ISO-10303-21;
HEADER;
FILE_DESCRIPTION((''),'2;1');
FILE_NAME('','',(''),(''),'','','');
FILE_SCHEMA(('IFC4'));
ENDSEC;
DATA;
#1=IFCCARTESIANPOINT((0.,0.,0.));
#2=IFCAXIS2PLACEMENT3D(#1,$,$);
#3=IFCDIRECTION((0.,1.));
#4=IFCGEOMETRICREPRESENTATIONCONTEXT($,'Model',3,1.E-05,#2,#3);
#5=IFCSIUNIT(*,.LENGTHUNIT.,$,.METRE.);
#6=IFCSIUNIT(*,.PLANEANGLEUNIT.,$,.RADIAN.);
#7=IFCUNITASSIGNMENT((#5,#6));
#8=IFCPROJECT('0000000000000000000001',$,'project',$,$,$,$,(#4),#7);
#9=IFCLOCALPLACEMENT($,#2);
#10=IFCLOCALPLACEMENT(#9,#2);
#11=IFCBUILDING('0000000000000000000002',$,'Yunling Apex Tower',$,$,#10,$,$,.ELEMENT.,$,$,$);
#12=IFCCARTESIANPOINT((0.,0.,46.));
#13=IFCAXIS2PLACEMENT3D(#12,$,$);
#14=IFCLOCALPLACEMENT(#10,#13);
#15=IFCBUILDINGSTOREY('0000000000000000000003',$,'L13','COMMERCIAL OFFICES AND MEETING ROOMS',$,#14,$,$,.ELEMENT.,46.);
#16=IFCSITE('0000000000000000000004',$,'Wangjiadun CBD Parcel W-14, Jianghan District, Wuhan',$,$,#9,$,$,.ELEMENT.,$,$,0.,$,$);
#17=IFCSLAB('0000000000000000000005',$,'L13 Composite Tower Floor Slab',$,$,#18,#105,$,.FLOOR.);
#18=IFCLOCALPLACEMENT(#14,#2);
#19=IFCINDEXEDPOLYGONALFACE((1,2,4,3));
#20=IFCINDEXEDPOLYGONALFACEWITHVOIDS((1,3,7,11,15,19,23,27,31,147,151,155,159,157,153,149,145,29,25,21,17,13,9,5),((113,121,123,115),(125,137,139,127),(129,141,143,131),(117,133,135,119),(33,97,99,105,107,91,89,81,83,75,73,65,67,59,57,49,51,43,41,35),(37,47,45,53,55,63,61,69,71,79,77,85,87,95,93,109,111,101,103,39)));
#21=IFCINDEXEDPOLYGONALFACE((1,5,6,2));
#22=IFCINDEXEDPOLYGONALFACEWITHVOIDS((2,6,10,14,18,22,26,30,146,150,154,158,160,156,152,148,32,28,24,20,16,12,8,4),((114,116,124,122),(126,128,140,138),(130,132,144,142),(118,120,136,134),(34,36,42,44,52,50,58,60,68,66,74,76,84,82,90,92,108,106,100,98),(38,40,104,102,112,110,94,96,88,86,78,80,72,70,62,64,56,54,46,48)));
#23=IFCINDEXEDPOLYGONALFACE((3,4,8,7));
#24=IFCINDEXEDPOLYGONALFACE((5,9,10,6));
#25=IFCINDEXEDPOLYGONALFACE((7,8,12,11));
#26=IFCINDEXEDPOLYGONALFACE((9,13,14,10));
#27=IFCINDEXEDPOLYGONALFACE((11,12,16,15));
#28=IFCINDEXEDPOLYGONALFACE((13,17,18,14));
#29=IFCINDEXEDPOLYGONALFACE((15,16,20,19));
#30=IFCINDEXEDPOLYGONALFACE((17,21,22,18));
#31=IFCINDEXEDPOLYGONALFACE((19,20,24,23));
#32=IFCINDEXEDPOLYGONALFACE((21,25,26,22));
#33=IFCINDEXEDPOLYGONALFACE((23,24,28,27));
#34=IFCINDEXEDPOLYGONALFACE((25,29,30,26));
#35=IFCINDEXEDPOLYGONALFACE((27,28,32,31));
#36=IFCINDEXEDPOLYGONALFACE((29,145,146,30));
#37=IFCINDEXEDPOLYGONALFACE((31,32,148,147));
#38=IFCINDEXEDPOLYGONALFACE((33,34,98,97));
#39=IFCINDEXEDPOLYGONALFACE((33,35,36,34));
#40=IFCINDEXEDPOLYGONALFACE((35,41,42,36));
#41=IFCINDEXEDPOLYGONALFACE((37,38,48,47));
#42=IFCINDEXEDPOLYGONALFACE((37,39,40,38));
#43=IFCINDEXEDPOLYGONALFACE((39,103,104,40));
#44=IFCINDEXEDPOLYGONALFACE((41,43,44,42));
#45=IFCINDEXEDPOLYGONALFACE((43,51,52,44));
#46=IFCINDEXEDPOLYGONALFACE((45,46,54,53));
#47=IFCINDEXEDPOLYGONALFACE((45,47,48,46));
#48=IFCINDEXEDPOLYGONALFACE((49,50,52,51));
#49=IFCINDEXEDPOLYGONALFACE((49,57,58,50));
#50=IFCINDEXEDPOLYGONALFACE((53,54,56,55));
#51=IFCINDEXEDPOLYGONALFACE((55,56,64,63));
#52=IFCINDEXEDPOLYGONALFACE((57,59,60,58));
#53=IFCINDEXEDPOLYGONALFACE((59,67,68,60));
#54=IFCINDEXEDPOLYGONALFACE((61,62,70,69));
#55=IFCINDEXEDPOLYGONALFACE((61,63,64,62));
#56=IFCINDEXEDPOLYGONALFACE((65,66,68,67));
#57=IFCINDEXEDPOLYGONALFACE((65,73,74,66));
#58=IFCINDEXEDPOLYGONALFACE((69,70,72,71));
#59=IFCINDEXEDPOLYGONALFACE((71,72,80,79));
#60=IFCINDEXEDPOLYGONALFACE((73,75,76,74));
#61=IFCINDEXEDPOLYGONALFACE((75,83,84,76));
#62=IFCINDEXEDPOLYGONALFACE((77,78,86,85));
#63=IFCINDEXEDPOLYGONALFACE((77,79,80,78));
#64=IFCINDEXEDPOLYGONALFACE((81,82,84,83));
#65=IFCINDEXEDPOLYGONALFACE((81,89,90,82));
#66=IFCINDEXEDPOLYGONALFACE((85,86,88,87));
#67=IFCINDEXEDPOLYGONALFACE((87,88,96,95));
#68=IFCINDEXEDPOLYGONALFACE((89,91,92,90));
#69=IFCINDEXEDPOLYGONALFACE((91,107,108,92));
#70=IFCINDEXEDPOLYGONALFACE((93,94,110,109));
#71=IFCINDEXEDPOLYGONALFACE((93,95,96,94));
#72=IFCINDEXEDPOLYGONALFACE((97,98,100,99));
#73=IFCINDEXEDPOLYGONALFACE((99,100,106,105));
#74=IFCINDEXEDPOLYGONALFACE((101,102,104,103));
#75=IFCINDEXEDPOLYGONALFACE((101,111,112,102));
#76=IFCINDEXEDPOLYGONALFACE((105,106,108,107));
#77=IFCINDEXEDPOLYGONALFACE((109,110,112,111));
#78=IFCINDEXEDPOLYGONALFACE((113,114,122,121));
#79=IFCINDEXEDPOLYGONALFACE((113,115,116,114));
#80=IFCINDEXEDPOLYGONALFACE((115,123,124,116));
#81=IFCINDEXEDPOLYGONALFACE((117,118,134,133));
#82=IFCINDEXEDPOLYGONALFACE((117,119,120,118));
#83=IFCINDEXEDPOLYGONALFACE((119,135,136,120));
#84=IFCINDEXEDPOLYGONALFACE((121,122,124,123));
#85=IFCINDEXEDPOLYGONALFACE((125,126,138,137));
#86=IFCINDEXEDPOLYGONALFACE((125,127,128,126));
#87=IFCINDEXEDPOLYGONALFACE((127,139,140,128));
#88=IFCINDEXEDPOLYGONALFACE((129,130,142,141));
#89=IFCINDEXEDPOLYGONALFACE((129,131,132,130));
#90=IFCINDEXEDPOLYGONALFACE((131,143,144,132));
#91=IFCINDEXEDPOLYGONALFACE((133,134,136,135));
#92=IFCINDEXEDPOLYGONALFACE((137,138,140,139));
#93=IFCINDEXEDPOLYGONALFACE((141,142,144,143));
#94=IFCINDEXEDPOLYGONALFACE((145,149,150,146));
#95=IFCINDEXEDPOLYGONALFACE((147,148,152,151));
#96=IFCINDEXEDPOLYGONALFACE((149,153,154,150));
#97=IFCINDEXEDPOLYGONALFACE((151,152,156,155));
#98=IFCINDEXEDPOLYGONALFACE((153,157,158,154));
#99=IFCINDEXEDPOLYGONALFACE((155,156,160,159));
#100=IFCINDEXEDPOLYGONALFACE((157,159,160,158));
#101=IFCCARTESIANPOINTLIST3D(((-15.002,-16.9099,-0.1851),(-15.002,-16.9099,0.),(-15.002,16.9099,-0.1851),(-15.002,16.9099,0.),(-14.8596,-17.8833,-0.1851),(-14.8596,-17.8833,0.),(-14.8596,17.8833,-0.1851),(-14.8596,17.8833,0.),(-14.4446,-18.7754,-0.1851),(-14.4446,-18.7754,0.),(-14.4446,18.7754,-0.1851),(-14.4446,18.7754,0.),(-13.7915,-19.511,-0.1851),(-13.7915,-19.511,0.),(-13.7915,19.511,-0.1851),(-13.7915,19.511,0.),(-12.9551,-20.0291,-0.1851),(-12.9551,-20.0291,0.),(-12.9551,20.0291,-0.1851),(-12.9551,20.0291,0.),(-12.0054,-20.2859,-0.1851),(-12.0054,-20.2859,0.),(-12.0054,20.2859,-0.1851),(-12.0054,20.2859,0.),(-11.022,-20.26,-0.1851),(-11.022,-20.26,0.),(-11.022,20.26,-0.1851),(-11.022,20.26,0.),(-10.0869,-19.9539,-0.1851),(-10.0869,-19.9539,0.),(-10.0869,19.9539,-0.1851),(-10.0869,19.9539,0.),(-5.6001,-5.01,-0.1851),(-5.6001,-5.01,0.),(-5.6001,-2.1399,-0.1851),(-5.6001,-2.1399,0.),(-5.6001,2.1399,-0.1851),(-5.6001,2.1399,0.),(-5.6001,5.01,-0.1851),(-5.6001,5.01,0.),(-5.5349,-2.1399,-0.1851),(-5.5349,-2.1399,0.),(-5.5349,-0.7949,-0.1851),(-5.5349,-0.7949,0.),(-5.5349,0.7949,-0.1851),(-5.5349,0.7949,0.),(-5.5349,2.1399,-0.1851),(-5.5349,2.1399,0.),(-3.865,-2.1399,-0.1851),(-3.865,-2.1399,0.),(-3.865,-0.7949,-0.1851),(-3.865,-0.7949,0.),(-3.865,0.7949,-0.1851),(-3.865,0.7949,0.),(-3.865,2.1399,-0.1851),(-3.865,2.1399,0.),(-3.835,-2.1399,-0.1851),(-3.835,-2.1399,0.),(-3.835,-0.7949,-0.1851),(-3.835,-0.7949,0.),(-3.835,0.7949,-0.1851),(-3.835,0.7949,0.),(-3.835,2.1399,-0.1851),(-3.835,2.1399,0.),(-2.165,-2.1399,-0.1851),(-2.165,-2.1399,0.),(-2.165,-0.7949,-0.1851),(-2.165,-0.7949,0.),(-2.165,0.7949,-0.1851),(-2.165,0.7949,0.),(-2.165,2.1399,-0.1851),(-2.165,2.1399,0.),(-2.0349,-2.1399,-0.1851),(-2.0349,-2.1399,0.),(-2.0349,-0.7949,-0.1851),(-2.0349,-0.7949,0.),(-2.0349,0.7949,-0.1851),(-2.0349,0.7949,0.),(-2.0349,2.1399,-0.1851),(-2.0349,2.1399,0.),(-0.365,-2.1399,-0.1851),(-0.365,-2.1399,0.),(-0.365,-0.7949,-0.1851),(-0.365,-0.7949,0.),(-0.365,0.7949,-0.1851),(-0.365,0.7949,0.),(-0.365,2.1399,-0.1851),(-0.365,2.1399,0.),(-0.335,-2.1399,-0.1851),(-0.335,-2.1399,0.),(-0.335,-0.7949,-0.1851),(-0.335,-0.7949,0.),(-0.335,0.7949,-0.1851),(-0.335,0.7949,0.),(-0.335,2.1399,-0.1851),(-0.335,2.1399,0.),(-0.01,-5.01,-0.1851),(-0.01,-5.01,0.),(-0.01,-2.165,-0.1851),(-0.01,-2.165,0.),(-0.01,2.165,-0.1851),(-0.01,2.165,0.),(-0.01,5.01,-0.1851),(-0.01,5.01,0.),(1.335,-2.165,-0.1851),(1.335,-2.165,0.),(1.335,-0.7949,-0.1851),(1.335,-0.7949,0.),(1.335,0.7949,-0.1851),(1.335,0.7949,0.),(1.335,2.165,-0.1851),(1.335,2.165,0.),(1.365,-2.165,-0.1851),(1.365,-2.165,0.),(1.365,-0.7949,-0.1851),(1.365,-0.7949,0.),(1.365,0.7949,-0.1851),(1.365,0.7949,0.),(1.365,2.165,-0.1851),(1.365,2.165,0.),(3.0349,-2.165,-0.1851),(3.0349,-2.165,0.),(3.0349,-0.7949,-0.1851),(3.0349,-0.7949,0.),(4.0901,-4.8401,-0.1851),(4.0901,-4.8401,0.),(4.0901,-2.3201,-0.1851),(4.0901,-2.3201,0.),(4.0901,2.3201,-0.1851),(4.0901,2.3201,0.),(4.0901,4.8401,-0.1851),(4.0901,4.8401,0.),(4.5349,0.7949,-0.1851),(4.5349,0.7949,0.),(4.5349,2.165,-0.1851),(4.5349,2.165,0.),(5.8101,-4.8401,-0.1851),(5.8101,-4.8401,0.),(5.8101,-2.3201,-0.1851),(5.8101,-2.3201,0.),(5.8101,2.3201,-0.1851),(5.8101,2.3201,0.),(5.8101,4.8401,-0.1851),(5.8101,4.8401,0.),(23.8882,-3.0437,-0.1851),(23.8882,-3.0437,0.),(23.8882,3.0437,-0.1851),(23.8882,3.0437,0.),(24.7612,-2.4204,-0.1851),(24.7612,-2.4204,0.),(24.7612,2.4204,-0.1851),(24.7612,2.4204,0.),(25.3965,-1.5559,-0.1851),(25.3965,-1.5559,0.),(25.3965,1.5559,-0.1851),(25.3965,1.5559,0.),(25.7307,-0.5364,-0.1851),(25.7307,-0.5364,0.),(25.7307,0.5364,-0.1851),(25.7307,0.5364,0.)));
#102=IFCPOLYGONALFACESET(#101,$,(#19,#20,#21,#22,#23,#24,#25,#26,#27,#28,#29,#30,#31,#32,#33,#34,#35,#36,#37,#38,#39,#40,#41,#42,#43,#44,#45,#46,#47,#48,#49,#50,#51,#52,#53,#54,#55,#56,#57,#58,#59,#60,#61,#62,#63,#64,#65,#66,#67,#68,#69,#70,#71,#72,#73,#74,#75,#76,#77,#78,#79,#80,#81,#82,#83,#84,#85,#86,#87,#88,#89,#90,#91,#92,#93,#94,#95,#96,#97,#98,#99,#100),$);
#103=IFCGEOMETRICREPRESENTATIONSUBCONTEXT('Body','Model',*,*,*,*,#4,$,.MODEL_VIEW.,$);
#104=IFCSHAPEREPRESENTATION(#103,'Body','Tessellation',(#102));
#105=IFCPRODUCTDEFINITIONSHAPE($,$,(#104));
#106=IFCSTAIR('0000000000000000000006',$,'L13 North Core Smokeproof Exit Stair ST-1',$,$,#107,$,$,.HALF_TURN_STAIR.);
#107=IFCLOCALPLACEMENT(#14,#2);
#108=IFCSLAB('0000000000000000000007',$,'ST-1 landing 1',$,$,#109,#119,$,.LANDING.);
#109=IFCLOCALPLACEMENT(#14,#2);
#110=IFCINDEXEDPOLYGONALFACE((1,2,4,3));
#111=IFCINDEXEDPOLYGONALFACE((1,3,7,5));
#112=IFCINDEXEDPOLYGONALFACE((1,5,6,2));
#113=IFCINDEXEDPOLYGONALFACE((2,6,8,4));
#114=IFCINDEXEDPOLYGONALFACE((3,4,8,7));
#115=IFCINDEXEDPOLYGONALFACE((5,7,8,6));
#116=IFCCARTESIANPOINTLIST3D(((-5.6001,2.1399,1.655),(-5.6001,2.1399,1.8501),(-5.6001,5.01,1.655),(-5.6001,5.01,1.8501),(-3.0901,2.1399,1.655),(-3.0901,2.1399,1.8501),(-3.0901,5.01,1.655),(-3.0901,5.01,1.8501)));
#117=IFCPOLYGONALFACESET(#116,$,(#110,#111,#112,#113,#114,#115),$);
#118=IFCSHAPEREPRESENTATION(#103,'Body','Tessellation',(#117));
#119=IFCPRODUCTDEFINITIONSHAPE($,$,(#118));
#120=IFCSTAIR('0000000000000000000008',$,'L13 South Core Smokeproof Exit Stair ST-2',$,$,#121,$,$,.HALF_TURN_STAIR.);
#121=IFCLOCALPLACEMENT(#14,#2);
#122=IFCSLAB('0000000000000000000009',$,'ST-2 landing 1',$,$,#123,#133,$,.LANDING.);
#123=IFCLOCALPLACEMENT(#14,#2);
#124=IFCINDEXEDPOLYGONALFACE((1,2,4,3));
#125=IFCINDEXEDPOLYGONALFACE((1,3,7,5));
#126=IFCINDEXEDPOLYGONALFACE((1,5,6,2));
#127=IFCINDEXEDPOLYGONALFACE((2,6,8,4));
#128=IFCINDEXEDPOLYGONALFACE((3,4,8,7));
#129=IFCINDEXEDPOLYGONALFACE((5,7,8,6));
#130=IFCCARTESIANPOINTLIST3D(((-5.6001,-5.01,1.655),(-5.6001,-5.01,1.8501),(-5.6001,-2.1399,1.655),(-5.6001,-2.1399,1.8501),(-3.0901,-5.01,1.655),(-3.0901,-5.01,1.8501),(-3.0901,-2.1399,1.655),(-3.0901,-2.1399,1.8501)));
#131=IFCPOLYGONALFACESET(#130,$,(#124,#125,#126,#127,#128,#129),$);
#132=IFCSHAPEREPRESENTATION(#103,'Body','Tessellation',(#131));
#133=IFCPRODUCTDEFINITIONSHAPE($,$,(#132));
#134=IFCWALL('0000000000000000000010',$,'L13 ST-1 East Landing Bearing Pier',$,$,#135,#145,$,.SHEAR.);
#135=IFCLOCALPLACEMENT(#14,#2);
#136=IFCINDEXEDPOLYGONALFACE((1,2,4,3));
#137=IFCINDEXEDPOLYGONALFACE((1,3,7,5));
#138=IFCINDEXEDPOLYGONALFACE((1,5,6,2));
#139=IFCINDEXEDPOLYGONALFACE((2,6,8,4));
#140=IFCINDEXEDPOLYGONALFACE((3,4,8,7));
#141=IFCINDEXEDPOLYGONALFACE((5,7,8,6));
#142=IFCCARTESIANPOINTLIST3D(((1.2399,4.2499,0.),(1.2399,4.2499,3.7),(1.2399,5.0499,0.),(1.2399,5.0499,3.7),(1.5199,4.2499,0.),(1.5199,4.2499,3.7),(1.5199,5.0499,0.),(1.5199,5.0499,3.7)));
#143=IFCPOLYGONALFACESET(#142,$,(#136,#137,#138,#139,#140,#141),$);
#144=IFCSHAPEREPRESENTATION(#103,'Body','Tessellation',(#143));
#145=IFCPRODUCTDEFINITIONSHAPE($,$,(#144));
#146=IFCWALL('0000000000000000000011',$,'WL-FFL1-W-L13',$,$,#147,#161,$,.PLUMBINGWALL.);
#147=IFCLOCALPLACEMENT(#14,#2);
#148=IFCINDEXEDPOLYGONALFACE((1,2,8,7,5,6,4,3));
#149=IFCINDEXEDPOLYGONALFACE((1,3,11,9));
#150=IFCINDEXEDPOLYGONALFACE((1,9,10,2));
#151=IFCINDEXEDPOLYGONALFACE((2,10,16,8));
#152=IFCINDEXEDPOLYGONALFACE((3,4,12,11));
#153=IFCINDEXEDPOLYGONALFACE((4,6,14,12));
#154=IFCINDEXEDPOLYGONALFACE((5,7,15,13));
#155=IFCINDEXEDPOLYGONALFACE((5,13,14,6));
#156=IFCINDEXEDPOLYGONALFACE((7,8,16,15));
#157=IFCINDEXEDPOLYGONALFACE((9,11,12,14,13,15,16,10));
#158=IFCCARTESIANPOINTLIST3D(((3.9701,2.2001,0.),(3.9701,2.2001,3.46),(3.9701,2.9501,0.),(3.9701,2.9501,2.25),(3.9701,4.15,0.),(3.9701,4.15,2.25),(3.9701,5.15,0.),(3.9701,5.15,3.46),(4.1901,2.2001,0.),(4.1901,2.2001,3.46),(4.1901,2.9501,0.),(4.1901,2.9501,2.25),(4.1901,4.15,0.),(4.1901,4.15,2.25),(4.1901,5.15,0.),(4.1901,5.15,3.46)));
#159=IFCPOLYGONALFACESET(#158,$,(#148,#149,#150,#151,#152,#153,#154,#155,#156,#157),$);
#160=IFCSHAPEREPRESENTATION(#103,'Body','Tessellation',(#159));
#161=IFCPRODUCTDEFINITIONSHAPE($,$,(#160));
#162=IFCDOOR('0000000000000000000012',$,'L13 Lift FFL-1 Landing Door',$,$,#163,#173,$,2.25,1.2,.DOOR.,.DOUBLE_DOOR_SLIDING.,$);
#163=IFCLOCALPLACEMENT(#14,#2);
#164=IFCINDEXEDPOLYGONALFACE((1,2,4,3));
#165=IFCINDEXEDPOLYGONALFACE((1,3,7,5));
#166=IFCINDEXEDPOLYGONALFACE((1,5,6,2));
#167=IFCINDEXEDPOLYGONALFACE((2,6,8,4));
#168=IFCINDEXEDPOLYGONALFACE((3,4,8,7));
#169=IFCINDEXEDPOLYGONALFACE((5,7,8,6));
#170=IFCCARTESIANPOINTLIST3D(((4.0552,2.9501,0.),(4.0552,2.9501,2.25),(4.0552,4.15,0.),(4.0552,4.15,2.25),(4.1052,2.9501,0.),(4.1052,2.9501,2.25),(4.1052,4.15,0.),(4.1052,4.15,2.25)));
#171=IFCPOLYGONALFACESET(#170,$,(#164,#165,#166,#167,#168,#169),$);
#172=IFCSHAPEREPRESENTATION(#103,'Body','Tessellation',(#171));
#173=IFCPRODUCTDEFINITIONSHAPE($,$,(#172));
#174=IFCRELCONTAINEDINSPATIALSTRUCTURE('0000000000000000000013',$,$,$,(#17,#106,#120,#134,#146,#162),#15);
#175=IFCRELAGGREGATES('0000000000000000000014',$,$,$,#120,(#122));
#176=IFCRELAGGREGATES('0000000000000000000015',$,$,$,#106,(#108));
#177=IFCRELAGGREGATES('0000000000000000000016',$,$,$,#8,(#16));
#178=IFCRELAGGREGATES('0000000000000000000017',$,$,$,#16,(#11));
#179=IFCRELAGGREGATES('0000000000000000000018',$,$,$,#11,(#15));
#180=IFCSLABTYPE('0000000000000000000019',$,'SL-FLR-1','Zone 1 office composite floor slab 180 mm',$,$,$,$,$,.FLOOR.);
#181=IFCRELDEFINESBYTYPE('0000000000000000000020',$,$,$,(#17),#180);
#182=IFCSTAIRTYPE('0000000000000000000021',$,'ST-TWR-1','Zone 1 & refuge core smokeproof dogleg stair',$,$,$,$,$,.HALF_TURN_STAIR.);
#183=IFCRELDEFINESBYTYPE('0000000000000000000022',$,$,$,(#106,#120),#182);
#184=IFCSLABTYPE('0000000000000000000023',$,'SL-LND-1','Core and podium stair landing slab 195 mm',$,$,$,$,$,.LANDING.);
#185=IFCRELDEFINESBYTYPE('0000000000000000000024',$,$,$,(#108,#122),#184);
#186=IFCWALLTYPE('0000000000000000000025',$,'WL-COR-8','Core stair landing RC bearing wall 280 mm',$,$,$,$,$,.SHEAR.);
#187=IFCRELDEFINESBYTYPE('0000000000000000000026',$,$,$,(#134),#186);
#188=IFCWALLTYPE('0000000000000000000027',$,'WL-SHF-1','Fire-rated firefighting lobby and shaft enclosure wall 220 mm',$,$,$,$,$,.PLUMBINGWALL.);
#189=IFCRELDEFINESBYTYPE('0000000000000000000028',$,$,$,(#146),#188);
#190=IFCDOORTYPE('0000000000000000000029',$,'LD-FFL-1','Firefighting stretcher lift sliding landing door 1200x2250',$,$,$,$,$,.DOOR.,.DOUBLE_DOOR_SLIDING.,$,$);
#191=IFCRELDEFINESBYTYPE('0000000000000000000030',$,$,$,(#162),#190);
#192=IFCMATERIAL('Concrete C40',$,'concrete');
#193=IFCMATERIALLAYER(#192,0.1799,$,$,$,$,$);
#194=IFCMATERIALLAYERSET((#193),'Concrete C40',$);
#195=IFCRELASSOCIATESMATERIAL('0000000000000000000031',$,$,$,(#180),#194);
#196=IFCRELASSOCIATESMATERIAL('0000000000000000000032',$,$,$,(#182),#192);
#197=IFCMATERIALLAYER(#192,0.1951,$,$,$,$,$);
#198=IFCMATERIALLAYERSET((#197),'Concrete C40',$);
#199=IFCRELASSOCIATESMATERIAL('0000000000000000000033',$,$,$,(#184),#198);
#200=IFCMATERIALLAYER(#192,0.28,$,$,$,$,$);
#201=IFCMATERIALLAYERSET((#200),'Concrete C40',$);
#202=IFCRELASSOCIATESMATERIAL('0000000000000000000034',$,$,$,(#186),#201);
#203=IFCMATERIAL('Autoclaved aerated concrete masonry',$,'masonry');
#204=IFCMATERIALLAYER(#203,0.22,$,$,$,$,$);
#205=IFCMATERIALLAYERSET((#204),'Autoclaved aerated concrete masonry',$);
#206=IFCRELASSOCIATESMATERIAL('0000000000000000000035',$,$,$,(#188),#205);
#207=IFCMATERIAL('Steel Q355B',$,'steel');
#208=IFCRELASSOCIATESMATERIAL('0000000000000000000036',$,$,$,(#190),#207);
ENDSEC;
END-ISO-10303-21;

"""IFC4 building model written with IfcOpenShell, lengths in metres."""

from ifc_helpers import new_model, si_unit, direction, frame, frame_2d, origin, place, context, subcontext, project, spatial, polyline, rectangle, outline, extrude, material, layer, layer_set, type_object, element, fill, aggregate, save


model = new_model("IFC4")

# Units and contexts
model_context = context("Model", 3, precision=1e-05, world=origin(), true_north=direction((0.0, 1.0)))
body_context = subcontext(model_context, "Body", "Model", "MODEL_VIEW")
ifc_project = project(units=[si_unit("LENGTHUNIT", "METRE"), si_unit("PLANEANGLEUNIT", "RADIAN")], contexts=[model_context])

# Site, building, storey
site_placement = place(None, origin())
site = spatial("IfcSite", under=ifc_project, at=site_placement, Name="Wangjiadun CBD Parcel W-14, Jianghan District, Wuhan", CompositionType="ELEMENT", RefElevation=0.0)
building_placement = place(site_placement, origin())
building = spatial("IfcBuilding", under=site, at=building_placement, Name="Yunling Apex Tower", CompositionType="ELEMENT")
storey_placement = place(building_placement, frame((0.0, 0.0, 46.0)))
storey = spatial("IfcBuildingStorey", under=building, at=storey_placement, Name="L13", Description="COMMERCIAL OFFICES AND MEETING ROOMS", CompositionType="ELEMENT", Elevation=46.0)

# Slab
ifc_material_1 = material(Name="Concrete C40", Category="concrete")
ifc_layer_1 = layer(ifc_material_1, 0.1799)
ifc_layer_set_1 = layer_set([ifc_layer_1], Name="Concrete C40")
slab_type_1 = type_object("IfcSlabType", Name="SL-FLR-1", Description="Zone 1 office composite floor slab 180 mm", PredefinedType="FLOOR", material=ifc_layer_set_1)
slab_1_placement = place(storey_placement, frame((0.0, 0.0, -0.1851)))
element("IfcSlab", 1, at=slab_1_placement, inside=storey, type_object=slab_type_1, Name="L13 Composite Tower Floor Slab", PredefinedType="FLOOR", context=body_context, shape_type="SweptSolid", body=[
    extrude(outline(polyline([(-15.002, -16.9099), (-14.8596, -17.8833), (-14.4446, -18.7754), (-13.7915, -19.511), (-12.9551, -20.0291), (-12.0054, -20.2859), (-11.022, -20.26), (-10.0869, -19.9539), (23.8882, -3.0437), (24.7612, -2.4204), (25.3965, -1.5559), (25.7307, -0.5364), (25.7307, 0.5364), (25.3965, 1.5559), (24.7612, 2.4204), (23.8882, 3.0437), (-10.0869, 19.9539), (-11.022, 20.26), (-12.0054, 20.2859), (-12.9551, 20.0291), (-13.7915, 19.511), (-14.4446, 18.7754), (-14.8596, 17.8833), (-15.002, 16.9099), (-15.002, -16.9099)]), holes=[polyline([(5.8101, -2.3201), (5.8101, -4.8401), (4.0901, -4.8401), (4.0901, -2.3201), (5.8101, -2.3201)]), polyline([(5.8101, 4.8401), (5.8101, 2.3201), (4.0901, 2.3201), (4.0901, 4.8401), (5.8101, 4.8401)]), polyline([(1.365, 2.165), (4.5349, 2.165), (4.5349, 0.7949), (1.365, 0.7949), (1.365, 2.165)]), polyline([(3.0349, -0.7949), (3.0349, -2.165), (1.365, -2.165), (1.365, -0.7949), (3.0349, -0.7949)]), polyline([(-5.5349, -0.7949), (-3.865, -0.7949), (-3.865, -2.1399), (-3.835, -2.1399), (-3.835, -0.7949), (-2.165, -0.7949), (-2.165, -2.1399), (-2.0349, -2.1399), (-2.0349, -0.7949), (-0.365, -0.7949), (-0.365, -2.1399), (-0.335, -2.1399), (-0.335, -0.7949), (1.335, -0.7949), (1.335, -2.165), (-0.01, -2.165), (-0.01, -5.01), (-5.6001, -5.01), (-5.6001, -2.1399), (-5.5349, -2.1399), (-5.5349, -0.7949)]), polyline([(-5.6001, 2.1399), (-5.6001, 5.01), (-0.01, 5.01), (-0.01, 2.165), (1.335, 2.165), (1.335, 0.7949), (-0.335, 0.7949), (-0.335, 2.1399), (-0.365, 2.1399), (-0.365, 0.7949), (-2.0349, 0.7949), (-2.0349, 2.1399), (-2.165, 2.1399), (-2.165, 0.7949), (-3.835, 0.7949), (-3.835, 2.1399), (-3.865, 2.1399), (-3.865, 0.7949), (-5.5349, 0.7949), (-5.5349, 2.1399), (-5.6001, 2.1399)])]), origin(), (0.0, 0.0, 1.0), 0.1851),
])

# Stairs, slabs
stair_type = type_object("IfcStairType", Name="ST-TWR-1", Description="Zone 1 & refuge core smokeproof dogleg stair", PredefinedType="HALF_TURN_STAIR", material=ifc_material_1)
stair_1_placement = place(storey_placement, origin())
stair_1 = element("IfcStair", 2, at=stair_1_placement, inside=storey, type_object=stair_type, Name="L13 North Core Smokeproof Exit Stair ST-1", PredefinedType="HALF_TURN_STAIR")
ifc_layer_2 = layer(ifc_material_1, 0.1951)
ifc_layer_set_2 = layer_set([ifc_layer_2], Name="Concrete C40")
slab_type_2 = type_object("IfcSlabType", Name="SL-LND-1", Description="Core and podium stair landing slab 195 mm", PredefinedType="LANDING", material=ifc_layer_set_2)
slab_2_placement = place(storey_placement, frame((0.0, 0.0, 1.655)))
slab_2 = element("IfcSlab", 3, at=slab_2_placement, type_object=slab_type_2, Name="ST-1 landing 1", PredefinedType="LANDING", context=body_context, shape_type="SweptSolid", body=[
    extrude(outline(polyline([(-3.0901, 5.01), (-5.6001, 5.01), (-5.6001, 2.1399), (-3.0901, 2.1399), (-3.0901, 5.01)])), origin(), (0.0, 0.0, 1.0), 0.1951),
])
stair_2_placement = place(storey_placement, origin())
stair_2 = element("IfcStair", 4, at=stair_2_placement, inside=storey, type_object=stair_type, Name="L13 South Core Smokeproof Exit Stair ST-2", PredefinedType="HALF_TURN_STAIR")
slab_3_placement = place(storey_placement, frame((0.0, 0.0, 1.655)))
slab_3 = element("IfcSlab", 5, at=slab_3_placement, type_object=slab_type_2, Name="ST-2 landing 1", PredefinedType="LANDING", context=body_context, shape_type="SweptSolid", body=[
    extrude(outline(polyline([(-3.0901, -2.1399), (-5.6001, -2.1399), (-5.6001, -5.01), (-3.0901, -5.01), (-3.0901, -2.1399)])), origin(), (0.0, 0.0, 1.0), 0.1951),
])
aggregate(stair_2, [slab_3])

# Wall
ifc_layer_3 = layer(ifc_material_1, 0.28)
ifc_layer_set_3 = layer_set([ifc_layer_3], Name="Concrete C40")
wall_type_1 = type_object("IfcWallType", Name="WL-COR-8", Description="Core stair landing RC bearing wall 280 mm", PredefinedType="SHEAR", material=ifc_layer_set_3)
wall_1_placement = place(storey_placement, frame((1.3799, 4.25, 0.0), z_axis=(0.0, 0.0, 1.0), x_axis=(0.0, 1.0, 0.0)))
element("IfcWall", 6, at=wall_1_placement, inside=storey, type_object=wall_type_1, Name="L13 ST-1 East Landing Bearing Pier", PredefinedType="SHEAR", context=body_context, shape_type="SweptSolid", body=[
    extrude(rectangle(XDim=0.8, YDim=0.28, at=frame_2d((0.3999, 0.0))), origin(), (0.0, 0.0, 1.0), 3.7),
])

# Wall, opening, door
ifc_material_2 = material(Name="Autoclaved aerated concrete masonry", Category="masonry")
ifc_layer_4 = layer(ifc_material_2, 0.22)
ifc_layer_set_4 = layer_set([ifc_layer_4], Name="Autoclaved aerated concrete masonry")
wall_type_2 = type_object("IfcWallType", Name="WL-SHF-1", Description="Fire-rated firefighting lobby and shaft enclosure wall 220 mm", PredefinedType="PLUMBINGWALL", material=ifc_layer_set_4)
ifc_material_3 = material(Name="Steel Q355B", Category="steel")
wall_2_placement = place(storey_placement, frame((4.0801, 2.2, 0.0), z_axis=(0.0, 0.0, 1.0), x_axis=(0.0, 1.0, 0.0)))
wall_2 = element("IfcWall", 7, at=wall_2_placement, inside=storey, type_object=wall_type_2, Name="WL-FFL1-W-L13", PredefinedType="PLUMBINGWALL", context=body_context, shape_type="SweptSolid", body=[
    extrude(rectangle(XDim=2.95, YDim=0.22, at=frame_2d((1.4751, 0.0))), origin(), (0.0, 0.0, 1.0), 3.46),
])
opening_1_placement = place(wall_2_placement, frame((0.75, 0.0, 0.0)))
opening_1 = element("IfcOpeningElement", 8, at=opening_1_placement, cuts=wall_2, PredefinedType="OPENING", context=body_context, shape_type="SweptSolid", body=[
    extrude(rectangle(XDim=1.2, YDim=2.25, at=frame_2d((0.6001, 1.125))), frame((0.0, 0.1201, 0.0), z_axis=(0.0, -1.0, 0.0), x_axis=(1.0, 0.0, 0.0)), (0.0, 0.0, 1.0), 0.24),
])
door_type_1 = type_object("IfcDoorType", Name="LD-FFL-1", Description="Firefighting stretcher lift sliding landing door 1200x2250", OperationType="DOUBLE_DOOR_SLIDING", PredefinedType="DOOR", material=ifc_material_3)
door_1_placement = place(opening_1_placement, origin())
door_1 = element("IfcDoor", 9, at=door_1_placement, inside=storey, type_object=door_type_1, Name="L13 Lift FFL-1 Landing Door", OperationType="DOUBLE_DOOR_SLIDING", OverallHeight=2.25, OverallWidth=1.2, PredefinedType="DOOR", context=body_context, shape_type="SweptSolid", body=[
    extrude(rectangle(XDim=1.2, YDim=2.25, at=frame_2d((0.6001, 1.125))), frame((0.0, 0.0249, 0.0), z_axis=(0.0, -1.0, 0.0), x_axis=(1.0, 0.0, 0.0)), (0.0, 0.0, 1.0), 0.05),
])
fill(opening_1, door_1)

aggregate(stair_1, [slab_2])

save(model, "model.ifc")
